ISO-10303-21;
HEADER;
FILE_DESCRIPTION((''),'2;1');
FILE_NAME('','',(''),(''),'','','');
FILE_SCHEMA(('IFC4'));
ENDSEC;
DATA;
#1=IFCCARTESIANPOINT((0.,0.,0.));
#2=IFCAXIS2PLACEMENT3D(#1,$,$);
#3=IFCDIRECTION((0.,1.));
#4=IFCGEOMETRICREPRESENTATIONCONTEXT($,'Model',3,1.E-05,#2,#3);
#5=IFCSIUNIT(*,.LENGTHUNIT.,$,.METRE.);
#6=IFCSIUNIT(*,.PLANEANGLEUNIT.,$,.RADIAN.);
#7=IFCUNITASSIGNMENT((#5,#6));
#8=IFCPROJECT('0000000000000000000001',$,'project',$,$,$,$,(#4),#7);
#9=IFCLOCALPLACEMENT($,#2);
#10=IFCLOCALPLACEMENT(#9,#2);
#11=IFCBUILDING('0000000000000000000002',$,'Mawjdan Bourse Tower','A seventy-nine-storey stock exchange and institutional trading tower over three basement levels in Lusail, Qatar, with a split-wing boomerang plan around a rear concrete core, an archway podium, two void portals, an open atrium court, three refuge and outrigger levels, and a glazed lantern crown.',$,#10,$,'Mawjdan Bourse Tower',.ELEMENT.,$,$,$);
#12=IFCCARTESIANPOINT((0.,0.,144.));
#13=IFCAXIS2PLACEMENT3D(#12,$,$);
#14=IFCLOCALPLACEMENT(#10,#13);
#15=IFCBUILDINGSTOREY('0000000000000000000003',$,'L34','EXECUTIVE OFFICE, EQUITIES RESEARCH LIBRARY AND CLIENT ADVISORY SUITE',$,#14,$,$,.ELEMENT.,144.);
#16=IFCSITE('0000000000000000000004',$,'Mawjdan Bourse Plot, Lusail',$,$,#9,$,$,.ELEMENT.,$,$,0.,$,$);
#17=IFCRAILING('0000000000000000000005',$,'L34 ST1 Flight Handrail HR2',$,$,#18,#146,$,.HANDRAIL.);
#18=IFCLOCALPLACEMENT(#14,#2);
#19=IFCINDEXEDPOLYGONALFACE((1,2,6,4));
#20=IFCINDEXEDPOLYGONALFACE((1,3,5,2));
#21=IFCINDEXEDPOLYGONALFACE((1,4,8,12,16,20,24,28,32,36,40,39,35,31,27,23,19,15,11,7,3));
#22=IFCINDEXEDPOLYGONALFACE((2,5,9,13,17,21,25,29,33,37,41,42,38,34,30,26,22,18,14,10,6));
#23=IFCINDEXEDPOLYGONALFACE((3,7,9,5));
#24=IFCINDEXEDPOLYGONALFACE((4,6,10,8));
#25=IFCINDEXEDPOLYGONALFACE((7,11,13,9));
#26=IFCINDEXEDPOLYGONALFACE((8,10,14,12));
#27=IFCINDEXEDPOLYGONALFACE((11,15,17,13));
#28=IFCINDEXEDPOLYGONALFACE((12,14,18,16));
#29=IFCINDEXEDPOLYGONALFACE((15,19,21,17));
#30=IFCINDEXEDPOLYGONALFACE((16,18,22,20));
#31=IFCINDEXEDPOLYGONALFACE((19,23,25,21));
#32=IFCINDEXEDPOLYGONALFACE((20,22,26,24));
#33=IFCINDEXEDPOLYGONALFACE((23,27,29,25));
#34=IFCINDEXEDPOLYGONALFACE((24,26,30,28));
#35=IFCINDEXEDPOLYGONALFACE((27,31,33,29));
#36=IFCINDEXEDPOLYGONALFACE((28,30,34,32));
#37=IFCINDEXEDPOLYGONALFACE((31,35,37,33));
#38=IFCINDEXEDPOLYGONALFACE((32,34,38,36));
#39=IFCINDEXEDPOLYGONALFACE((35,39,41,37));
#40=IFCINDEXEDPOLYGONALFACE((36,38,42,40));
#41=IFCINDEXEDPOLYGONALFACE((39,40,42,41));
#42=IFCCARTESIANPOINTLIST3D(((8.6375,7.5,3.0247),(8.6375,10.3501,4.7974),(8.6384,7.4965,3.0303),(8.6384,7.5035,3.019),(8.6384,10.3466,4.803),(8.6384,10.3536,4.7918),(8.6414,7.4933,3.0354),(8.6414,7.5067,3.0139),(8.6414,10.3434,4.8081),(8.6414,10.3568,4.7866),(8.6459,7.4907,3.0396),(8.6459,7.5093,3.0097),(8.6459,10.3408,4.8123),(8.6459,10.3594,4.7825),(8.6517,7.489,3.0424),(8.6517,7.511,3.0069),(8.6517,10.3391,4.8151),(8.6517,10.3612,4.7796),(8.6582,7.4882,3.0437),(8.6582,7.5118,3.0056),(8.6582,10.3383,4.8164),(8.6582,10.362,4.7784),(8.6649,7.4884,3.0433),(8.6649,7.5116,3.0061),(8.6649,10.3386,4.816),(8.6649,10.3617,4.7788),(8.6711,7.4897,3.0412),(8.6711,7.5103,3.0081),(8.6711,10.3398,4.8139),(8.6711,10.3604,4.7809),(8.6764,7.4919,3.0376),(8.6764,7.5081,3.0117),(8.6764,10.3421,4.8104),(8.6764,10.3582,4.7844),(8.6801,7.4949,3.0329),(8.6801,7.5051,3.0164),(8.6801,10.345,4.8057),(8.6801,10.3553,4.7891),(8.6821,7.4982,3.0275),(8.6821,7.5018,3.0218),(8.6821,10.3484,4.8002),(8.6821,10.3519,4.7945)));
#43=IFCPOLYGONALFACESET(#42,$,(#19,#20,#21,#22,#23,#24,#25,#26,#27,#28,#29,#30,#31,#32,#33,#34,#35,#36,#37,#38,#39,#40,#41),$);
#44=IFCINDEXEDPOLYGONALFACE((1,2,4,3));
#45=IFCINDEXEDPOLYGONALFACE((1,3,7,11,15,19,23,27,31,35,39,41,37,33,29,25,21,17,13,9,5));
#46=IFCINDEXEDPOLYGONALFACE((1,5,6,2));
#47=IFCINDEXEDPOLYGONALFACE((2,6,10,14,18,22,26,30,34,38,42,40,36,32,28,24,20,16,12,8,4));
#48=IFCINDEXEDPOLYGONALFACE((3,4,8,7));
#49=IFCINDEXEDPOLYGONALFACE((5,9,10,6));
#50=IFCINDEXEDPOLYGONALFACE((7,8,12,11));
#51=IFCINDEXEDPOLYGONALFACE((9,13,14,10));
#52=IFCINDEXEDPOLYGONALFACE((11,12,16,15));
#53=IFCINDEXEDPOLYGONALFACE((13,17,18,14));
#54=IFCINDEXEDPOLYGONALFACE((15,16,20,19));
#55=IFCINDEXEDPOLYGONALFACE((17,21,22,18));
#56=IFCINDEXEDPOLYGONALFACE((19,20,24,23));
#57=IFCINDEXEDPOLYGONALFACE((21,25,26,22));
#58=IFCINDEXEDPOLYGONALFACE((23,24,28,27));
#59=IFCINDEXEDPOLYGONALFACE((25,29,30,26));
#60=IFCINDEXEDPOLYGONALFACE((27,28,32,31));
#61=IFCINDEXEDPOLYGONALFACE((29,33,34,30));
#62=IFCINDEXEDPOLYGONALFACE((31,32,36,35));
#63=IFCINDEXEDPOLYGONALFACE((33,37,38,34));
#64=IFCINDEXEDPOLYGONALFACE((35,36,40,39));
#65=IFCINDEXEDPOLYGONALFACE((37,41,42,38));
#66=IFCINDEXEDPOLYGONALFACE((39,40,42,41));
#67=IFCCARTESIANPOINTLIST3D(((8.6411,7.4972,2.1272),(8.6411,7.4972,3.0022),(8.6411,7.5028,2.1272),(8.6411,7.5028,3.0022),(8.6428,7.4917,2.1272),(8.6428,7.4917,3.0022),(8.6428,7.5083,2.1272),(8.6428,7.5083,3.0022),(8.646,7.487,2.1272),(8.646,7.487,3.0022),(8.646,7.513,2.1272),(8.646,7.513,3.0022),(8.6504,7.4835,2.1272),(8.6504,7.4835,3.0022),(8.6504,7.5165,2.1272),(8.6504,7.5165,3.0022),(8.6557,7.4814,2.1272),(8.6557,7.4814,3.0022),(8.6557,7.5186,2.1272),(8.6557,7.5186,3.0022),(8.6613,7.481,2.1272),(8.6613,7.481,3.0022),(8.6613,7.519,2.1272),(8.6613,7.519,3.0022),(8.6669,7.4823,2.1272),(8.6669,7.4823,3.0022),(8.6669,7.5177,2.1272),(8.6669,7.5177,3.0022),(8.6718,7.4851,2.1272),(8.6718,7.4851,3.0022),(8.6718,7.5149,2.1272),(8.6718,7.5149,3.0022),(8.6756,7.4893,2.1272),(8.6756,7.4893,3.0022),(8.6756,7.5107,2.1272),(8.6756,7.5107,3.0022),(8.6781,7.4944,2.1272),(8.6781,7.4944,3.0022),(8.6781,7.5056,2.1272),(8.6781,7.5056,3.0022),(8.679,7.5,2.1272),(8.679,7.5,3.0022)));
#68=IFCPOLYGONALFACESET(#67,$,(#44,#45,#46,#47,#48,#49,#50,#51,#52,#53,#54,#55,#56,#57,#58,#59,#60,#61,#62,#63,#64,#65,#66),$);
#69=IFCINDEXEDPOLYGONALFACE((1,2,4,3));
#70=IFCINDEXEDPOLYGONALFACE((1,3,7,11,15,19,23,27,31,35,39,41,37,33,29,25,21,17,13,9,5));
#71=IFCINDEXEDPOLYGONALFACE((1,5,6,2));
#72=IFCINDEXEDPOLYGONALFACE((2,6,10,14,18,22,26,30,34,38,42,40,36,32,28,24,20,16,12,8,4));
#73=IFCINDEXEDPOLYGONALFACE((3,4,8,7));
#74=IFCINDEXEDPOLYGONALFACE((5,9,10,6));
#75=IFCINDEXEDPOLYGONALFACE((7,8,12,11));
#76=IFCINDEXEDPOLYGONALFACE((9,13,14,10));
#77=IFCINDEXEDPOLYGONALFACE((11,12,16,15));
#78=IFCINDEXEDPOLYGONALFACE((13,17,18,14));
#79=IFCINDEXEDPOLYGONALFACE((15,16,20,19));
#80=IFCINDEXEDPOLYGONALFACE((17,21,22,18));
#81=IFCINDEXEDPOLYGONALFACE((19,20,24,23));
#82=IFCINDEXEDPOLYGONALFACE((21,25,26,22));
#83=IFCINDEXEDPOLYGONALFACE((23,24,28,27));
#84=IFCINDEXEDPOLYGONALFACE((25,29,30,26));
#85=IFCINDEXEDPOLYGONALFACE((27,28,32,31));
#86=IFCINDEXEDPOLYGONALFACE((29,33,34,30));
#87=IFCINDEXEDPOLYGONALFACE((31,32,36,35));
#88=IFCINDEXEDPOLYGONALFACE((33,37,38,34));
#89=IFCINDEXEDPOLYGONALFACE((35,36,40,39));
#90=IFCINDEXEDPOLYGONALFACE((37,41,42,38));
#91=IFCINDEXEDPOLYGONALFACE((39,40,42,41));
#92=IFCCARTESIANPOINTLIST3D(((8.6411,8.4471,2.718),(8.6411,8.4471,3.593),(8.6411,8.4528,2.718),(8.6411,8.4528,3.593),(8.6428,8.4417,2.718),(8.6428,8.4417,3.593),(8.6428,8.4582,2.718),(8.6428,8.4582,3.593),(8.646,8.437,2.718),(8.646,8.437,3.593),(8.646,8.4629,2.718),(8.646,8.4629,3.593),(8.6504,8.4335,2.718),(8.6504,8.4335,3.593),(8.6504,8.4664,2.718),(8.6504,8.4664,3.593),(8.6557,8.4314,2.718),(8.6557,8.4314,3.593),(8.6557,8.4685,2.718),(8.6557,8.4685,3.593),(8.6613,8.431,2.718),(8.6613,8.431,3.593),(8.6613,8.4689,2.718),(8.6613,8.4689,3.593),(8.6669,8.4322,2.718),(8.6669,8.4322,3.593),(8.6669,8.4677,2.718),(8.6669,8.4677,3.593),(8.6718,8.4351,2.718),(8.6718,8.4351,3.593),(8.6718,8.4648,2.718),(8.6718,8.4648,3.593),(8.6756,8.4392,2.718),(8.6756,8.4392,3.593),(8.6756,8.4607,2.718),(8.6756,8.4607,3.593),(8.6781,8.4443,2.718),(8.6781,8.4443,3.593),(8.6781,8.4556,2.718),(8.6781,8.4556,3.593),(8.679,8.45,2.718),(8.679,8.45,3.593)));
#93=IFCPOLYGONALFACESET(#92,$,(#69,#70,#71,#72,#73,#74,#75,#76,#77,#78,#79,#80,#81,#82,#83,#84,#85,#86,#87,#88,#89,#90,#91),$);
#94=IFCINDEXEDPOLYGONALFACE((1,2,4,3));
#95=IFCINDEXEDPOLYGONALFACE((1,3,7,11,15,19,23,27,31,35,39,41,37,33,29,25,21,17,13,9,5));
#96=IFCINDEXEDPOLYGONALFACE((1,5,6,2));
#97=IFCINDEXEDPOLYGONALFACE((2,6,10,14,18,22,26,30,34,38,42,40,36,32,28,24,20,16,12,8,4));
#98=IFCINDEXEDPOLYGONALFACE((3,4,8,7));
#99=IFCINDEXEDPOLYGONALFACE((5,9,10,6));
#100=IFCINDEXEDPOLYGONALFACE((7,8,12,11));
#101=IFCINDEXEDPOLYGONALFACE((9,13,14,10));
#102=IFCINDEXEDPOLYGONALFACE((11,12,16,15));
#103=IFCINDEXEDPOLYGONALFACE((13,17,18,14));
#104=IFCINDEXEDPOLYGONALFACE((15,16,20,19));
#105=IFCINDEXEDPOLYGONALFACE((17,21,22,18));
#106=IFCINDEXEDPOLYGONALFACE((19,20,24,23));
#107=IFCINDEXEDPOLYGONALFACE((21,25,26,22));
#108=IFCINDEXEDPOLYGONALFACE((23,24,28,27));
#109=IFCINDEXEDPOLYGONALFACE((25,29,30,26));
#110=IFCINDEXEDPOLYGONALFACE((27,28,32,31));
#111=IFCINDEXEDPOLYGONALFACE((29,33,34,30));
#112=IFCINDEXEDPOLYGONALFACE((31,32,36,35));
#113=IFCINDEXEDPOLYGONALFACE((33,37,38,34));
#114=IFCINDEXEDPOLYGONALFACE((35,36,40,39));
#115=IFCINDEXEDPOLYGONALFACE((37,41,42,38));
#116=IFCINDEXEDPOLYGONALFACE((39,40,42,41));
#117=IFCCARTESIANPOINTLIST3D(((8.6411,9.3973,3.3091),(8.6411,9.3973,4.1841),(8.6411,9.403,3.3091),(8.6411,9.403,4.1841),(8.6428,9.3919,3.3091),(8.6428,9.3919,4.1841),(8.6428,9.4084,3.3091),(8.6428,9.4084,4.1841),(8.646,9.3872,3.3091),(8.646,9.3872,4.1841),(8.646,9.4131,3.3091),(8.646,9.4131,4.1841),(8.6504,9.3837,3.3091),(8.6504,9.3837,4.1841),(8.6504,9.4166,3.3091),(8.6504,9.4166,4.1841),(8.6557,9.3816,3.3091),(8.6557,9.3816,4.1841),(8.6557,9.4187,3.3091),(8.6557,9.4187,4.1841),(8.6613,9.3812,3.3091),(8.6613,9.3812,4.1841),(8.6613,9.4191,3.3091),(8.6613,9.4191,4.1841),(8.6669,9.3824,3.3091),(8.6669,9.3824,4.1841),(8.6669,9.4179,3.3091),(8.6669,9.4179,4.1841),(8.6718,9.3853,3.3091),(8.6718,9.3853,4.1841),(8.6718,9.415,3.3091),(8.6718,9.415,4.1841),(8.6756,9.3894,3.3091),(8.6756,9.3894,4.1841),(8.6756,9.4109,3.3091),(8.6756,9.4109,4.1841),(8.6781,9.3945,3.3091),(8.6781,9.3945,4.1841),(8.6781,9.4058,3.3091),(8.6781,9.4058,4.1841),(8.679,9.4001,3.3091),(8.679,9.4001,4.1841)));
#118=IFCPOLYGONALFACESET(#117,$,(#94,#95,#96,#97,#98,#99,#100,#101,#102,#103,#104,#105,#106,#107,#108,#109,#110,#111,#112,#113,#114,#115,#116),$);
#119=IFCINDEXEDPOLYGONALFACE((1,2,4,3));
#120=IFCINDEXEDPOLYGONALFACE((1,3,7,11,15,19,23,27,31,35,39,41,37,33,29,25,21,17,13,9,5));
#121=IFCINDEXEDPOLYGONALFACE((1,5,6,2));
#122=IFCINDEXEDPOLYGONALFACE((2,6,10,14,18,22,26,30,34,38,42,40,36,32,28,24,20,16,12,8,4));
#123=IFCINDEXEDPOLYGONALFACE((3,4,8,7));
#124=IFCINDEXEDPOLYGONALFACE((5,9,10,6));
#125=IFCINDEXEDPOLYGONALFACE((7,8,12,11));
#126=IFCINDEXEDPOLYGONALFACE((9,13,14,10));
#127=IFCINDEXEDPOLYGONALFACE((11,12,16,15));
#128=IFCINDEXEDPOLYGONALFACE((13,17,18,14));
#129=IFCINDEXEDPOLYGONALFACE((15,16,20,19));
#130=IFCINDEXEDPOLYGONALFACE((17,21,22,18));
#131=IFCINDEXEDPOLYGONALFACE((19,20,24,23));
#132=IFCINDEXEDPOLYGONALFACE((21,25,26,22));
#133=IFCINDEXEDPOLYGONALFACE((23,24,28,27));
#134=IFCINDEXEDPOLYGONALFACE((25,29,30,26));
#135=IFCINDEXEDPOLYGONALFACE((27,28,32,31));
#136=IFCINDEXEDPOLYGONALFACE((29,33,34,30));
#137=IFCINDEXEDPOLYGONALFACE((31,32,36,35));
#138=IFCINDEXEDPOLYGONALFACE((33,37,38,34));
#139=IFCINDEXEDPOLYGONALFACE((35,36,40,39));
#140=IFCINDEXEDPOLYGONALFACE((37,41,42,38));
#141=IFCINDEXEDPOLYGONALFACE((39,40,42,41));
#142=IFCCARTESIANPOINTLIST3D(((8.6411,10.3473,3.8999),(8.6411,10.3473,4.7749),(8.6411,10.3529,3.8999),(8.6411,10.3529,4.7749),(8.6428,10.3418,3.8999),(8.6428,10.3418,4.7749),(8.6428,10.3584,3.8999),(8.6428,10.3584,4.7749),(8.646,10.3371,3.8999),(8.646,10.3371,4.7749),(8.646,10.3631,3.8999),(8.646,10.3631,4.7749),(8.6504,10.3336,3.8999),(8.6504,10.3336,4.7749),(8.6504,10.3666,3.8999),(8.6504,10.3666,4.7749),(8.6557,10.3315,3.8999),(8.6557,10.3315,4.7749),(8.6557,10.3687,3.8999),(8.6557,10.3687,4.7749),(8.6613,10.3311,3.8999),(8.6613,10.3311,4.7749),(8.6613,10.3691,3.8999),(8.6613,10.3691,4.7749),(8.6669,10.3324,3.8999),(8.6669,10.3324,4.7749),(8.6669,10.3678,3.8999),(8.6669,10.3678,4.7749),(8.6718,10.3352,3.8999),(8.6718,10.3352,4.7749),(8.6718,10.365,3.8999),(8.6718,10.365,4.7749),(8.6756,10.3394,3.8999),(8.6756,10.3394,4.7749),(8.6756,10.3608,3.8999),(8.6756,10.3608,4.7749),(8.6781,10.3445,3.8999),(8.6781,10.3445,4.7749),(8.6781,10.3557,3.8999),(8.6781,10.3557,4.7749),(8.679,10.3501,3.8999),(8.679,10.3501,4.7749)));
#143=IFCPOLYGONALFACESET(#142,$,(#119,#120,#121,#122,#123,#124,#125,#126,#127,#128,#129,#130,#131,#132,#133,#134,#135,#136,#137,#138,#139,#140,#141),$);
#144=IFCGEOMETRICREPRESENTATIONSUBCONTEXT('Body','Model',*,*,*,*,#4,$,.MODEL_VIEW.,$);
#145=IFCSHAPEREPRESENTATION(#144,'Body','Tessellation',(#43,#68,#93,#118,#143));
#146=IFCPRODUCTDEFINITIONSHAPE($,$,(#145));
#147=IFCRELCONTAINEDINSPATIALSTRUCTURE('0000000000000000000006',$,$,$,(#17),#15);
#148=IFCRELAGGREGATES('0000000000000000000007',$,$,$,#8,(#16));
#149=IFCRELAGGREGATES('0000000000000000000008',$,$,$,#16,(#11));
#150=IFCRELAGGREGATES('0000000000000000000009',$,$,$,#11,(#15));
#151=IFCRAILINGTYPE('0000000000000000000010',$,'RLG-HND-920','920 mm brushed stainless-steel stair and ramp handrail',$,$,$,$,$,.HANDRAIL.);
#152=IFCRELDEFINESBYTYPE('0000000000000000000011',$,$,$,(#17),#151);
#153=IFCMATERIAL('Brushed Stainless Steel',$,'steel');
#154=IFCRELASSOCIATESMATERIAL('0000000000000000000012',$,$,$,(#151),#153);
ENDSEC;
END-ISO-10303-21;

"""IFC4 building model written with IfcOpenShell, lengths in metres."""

from ifc_helpers import new_model, si_unit, direction, frame, origin, origin_2d, place, context, subcontext, project, spatial, circle, extrude, material, type_object, element, save


model = new_model("IFC4")

# Units and contexts
model_context = context("Model", 3, precision=1e-05, world=origin(), true_north=direction((0.0, 1.0)))
body_context = subcontext(model_context, "Body", "Model", "MODEL_VIEW")
ifc_project = project(units=[si_unit("LENGTHUNIT", "METRE"), si_unit("PLANEANGLEUNIT", "RADIAN")], contexts=[model_context])

# Site, building, storey
site_placement = place(None, origin())
site = spatial("IfcSite", under=ifc_project, at=site_placement, Name="Mawjdan Bourse Plot, Lusail", CompositionType="ELEMENT", RefElevation=0.0)
building_placement = place(site_placement, origin())
building = spatial("IfcBuilding", under=site, at=building_placement, Name="Mawjdan Bourse Tower", Description="A seventy-nine-storey stock exchange and institutional trading tower over three basement levels in Lusail, Qatar, with a split-wing boomerang plan around a rear concrete core, an archway podium, two void portals, an open atrium court, three refuge and outrigger levels, and a glazed lantern crown.", LongName="Mawjdan Bourse Tower", CompositionType="ELEMENT")
storey_placement = place(building_placement, frame((0.0, 0.0, 144.0)))
storey = spatial("IfcBuildingStorey", under=building, at=storey_placement, Name="L34", Description="EXECUTIVE OFFICE, EQUITIES RESEARCH LIBRARY AND CLIENT ADVISORY SUITE", CompositionType="ELEMENT", Elevation=144.0)

# Shared definitions
ifc_material_1 = material(Name="Brushed Stainless Steel", Category="steel")

# Railing
railing_type_1 = type_object("IfcRailingType", Name="RLG-HND-920", Description="920 mm brushed stainless-steel stair and ramp handrail", PredefinedType="HANDRAIL", material=ifc_material_1)
railing_1_placement = place(storey_placement, frame((8.6599, 7.5, 2.1272)))
element("IfcRailing", 1, at=railing_1_placement, inside=storey, type_object=railing_type_1, Name="L34 ST1 Flight Handrail HR2", PredefinedType="HANDRAIL", context=body_context, shape_type="SweptSolid", body=[
    extrude(circle(Radius=0.0225, at=origin_2d()), frame((0.0, 0.0, 0.8975), z_axis=(0.0, 0.849149, 0.528154), x_axis=(-1.0, 0.0, 0.0)), (0.0, 0.0, 1.0), 3.3564),
    extrude(circle(Radius=0.019, at=origin_2d()), origin(), (0.0, 0.0, 1.0), 0.875),
    extrude(circle(Radius=0.019, at=origin_2d()), frame((0.0, 0.95, 0.5908)), (0.0, 0.0, 1.0), 0.875),
    extrude(circle(Radius=0.019, at=origin_2d()), frame((0.0, 1.9001, 1.1819)), (0.0, 0.0, 1.0), 0.875),
    extrude(circle(Radius=0.019, at=origin_2d()), frame((0.0, 2.8501, 1.7727)), (0.0, 0.0, 1.0), 0.875),
])

save(model, "model.ifc")
